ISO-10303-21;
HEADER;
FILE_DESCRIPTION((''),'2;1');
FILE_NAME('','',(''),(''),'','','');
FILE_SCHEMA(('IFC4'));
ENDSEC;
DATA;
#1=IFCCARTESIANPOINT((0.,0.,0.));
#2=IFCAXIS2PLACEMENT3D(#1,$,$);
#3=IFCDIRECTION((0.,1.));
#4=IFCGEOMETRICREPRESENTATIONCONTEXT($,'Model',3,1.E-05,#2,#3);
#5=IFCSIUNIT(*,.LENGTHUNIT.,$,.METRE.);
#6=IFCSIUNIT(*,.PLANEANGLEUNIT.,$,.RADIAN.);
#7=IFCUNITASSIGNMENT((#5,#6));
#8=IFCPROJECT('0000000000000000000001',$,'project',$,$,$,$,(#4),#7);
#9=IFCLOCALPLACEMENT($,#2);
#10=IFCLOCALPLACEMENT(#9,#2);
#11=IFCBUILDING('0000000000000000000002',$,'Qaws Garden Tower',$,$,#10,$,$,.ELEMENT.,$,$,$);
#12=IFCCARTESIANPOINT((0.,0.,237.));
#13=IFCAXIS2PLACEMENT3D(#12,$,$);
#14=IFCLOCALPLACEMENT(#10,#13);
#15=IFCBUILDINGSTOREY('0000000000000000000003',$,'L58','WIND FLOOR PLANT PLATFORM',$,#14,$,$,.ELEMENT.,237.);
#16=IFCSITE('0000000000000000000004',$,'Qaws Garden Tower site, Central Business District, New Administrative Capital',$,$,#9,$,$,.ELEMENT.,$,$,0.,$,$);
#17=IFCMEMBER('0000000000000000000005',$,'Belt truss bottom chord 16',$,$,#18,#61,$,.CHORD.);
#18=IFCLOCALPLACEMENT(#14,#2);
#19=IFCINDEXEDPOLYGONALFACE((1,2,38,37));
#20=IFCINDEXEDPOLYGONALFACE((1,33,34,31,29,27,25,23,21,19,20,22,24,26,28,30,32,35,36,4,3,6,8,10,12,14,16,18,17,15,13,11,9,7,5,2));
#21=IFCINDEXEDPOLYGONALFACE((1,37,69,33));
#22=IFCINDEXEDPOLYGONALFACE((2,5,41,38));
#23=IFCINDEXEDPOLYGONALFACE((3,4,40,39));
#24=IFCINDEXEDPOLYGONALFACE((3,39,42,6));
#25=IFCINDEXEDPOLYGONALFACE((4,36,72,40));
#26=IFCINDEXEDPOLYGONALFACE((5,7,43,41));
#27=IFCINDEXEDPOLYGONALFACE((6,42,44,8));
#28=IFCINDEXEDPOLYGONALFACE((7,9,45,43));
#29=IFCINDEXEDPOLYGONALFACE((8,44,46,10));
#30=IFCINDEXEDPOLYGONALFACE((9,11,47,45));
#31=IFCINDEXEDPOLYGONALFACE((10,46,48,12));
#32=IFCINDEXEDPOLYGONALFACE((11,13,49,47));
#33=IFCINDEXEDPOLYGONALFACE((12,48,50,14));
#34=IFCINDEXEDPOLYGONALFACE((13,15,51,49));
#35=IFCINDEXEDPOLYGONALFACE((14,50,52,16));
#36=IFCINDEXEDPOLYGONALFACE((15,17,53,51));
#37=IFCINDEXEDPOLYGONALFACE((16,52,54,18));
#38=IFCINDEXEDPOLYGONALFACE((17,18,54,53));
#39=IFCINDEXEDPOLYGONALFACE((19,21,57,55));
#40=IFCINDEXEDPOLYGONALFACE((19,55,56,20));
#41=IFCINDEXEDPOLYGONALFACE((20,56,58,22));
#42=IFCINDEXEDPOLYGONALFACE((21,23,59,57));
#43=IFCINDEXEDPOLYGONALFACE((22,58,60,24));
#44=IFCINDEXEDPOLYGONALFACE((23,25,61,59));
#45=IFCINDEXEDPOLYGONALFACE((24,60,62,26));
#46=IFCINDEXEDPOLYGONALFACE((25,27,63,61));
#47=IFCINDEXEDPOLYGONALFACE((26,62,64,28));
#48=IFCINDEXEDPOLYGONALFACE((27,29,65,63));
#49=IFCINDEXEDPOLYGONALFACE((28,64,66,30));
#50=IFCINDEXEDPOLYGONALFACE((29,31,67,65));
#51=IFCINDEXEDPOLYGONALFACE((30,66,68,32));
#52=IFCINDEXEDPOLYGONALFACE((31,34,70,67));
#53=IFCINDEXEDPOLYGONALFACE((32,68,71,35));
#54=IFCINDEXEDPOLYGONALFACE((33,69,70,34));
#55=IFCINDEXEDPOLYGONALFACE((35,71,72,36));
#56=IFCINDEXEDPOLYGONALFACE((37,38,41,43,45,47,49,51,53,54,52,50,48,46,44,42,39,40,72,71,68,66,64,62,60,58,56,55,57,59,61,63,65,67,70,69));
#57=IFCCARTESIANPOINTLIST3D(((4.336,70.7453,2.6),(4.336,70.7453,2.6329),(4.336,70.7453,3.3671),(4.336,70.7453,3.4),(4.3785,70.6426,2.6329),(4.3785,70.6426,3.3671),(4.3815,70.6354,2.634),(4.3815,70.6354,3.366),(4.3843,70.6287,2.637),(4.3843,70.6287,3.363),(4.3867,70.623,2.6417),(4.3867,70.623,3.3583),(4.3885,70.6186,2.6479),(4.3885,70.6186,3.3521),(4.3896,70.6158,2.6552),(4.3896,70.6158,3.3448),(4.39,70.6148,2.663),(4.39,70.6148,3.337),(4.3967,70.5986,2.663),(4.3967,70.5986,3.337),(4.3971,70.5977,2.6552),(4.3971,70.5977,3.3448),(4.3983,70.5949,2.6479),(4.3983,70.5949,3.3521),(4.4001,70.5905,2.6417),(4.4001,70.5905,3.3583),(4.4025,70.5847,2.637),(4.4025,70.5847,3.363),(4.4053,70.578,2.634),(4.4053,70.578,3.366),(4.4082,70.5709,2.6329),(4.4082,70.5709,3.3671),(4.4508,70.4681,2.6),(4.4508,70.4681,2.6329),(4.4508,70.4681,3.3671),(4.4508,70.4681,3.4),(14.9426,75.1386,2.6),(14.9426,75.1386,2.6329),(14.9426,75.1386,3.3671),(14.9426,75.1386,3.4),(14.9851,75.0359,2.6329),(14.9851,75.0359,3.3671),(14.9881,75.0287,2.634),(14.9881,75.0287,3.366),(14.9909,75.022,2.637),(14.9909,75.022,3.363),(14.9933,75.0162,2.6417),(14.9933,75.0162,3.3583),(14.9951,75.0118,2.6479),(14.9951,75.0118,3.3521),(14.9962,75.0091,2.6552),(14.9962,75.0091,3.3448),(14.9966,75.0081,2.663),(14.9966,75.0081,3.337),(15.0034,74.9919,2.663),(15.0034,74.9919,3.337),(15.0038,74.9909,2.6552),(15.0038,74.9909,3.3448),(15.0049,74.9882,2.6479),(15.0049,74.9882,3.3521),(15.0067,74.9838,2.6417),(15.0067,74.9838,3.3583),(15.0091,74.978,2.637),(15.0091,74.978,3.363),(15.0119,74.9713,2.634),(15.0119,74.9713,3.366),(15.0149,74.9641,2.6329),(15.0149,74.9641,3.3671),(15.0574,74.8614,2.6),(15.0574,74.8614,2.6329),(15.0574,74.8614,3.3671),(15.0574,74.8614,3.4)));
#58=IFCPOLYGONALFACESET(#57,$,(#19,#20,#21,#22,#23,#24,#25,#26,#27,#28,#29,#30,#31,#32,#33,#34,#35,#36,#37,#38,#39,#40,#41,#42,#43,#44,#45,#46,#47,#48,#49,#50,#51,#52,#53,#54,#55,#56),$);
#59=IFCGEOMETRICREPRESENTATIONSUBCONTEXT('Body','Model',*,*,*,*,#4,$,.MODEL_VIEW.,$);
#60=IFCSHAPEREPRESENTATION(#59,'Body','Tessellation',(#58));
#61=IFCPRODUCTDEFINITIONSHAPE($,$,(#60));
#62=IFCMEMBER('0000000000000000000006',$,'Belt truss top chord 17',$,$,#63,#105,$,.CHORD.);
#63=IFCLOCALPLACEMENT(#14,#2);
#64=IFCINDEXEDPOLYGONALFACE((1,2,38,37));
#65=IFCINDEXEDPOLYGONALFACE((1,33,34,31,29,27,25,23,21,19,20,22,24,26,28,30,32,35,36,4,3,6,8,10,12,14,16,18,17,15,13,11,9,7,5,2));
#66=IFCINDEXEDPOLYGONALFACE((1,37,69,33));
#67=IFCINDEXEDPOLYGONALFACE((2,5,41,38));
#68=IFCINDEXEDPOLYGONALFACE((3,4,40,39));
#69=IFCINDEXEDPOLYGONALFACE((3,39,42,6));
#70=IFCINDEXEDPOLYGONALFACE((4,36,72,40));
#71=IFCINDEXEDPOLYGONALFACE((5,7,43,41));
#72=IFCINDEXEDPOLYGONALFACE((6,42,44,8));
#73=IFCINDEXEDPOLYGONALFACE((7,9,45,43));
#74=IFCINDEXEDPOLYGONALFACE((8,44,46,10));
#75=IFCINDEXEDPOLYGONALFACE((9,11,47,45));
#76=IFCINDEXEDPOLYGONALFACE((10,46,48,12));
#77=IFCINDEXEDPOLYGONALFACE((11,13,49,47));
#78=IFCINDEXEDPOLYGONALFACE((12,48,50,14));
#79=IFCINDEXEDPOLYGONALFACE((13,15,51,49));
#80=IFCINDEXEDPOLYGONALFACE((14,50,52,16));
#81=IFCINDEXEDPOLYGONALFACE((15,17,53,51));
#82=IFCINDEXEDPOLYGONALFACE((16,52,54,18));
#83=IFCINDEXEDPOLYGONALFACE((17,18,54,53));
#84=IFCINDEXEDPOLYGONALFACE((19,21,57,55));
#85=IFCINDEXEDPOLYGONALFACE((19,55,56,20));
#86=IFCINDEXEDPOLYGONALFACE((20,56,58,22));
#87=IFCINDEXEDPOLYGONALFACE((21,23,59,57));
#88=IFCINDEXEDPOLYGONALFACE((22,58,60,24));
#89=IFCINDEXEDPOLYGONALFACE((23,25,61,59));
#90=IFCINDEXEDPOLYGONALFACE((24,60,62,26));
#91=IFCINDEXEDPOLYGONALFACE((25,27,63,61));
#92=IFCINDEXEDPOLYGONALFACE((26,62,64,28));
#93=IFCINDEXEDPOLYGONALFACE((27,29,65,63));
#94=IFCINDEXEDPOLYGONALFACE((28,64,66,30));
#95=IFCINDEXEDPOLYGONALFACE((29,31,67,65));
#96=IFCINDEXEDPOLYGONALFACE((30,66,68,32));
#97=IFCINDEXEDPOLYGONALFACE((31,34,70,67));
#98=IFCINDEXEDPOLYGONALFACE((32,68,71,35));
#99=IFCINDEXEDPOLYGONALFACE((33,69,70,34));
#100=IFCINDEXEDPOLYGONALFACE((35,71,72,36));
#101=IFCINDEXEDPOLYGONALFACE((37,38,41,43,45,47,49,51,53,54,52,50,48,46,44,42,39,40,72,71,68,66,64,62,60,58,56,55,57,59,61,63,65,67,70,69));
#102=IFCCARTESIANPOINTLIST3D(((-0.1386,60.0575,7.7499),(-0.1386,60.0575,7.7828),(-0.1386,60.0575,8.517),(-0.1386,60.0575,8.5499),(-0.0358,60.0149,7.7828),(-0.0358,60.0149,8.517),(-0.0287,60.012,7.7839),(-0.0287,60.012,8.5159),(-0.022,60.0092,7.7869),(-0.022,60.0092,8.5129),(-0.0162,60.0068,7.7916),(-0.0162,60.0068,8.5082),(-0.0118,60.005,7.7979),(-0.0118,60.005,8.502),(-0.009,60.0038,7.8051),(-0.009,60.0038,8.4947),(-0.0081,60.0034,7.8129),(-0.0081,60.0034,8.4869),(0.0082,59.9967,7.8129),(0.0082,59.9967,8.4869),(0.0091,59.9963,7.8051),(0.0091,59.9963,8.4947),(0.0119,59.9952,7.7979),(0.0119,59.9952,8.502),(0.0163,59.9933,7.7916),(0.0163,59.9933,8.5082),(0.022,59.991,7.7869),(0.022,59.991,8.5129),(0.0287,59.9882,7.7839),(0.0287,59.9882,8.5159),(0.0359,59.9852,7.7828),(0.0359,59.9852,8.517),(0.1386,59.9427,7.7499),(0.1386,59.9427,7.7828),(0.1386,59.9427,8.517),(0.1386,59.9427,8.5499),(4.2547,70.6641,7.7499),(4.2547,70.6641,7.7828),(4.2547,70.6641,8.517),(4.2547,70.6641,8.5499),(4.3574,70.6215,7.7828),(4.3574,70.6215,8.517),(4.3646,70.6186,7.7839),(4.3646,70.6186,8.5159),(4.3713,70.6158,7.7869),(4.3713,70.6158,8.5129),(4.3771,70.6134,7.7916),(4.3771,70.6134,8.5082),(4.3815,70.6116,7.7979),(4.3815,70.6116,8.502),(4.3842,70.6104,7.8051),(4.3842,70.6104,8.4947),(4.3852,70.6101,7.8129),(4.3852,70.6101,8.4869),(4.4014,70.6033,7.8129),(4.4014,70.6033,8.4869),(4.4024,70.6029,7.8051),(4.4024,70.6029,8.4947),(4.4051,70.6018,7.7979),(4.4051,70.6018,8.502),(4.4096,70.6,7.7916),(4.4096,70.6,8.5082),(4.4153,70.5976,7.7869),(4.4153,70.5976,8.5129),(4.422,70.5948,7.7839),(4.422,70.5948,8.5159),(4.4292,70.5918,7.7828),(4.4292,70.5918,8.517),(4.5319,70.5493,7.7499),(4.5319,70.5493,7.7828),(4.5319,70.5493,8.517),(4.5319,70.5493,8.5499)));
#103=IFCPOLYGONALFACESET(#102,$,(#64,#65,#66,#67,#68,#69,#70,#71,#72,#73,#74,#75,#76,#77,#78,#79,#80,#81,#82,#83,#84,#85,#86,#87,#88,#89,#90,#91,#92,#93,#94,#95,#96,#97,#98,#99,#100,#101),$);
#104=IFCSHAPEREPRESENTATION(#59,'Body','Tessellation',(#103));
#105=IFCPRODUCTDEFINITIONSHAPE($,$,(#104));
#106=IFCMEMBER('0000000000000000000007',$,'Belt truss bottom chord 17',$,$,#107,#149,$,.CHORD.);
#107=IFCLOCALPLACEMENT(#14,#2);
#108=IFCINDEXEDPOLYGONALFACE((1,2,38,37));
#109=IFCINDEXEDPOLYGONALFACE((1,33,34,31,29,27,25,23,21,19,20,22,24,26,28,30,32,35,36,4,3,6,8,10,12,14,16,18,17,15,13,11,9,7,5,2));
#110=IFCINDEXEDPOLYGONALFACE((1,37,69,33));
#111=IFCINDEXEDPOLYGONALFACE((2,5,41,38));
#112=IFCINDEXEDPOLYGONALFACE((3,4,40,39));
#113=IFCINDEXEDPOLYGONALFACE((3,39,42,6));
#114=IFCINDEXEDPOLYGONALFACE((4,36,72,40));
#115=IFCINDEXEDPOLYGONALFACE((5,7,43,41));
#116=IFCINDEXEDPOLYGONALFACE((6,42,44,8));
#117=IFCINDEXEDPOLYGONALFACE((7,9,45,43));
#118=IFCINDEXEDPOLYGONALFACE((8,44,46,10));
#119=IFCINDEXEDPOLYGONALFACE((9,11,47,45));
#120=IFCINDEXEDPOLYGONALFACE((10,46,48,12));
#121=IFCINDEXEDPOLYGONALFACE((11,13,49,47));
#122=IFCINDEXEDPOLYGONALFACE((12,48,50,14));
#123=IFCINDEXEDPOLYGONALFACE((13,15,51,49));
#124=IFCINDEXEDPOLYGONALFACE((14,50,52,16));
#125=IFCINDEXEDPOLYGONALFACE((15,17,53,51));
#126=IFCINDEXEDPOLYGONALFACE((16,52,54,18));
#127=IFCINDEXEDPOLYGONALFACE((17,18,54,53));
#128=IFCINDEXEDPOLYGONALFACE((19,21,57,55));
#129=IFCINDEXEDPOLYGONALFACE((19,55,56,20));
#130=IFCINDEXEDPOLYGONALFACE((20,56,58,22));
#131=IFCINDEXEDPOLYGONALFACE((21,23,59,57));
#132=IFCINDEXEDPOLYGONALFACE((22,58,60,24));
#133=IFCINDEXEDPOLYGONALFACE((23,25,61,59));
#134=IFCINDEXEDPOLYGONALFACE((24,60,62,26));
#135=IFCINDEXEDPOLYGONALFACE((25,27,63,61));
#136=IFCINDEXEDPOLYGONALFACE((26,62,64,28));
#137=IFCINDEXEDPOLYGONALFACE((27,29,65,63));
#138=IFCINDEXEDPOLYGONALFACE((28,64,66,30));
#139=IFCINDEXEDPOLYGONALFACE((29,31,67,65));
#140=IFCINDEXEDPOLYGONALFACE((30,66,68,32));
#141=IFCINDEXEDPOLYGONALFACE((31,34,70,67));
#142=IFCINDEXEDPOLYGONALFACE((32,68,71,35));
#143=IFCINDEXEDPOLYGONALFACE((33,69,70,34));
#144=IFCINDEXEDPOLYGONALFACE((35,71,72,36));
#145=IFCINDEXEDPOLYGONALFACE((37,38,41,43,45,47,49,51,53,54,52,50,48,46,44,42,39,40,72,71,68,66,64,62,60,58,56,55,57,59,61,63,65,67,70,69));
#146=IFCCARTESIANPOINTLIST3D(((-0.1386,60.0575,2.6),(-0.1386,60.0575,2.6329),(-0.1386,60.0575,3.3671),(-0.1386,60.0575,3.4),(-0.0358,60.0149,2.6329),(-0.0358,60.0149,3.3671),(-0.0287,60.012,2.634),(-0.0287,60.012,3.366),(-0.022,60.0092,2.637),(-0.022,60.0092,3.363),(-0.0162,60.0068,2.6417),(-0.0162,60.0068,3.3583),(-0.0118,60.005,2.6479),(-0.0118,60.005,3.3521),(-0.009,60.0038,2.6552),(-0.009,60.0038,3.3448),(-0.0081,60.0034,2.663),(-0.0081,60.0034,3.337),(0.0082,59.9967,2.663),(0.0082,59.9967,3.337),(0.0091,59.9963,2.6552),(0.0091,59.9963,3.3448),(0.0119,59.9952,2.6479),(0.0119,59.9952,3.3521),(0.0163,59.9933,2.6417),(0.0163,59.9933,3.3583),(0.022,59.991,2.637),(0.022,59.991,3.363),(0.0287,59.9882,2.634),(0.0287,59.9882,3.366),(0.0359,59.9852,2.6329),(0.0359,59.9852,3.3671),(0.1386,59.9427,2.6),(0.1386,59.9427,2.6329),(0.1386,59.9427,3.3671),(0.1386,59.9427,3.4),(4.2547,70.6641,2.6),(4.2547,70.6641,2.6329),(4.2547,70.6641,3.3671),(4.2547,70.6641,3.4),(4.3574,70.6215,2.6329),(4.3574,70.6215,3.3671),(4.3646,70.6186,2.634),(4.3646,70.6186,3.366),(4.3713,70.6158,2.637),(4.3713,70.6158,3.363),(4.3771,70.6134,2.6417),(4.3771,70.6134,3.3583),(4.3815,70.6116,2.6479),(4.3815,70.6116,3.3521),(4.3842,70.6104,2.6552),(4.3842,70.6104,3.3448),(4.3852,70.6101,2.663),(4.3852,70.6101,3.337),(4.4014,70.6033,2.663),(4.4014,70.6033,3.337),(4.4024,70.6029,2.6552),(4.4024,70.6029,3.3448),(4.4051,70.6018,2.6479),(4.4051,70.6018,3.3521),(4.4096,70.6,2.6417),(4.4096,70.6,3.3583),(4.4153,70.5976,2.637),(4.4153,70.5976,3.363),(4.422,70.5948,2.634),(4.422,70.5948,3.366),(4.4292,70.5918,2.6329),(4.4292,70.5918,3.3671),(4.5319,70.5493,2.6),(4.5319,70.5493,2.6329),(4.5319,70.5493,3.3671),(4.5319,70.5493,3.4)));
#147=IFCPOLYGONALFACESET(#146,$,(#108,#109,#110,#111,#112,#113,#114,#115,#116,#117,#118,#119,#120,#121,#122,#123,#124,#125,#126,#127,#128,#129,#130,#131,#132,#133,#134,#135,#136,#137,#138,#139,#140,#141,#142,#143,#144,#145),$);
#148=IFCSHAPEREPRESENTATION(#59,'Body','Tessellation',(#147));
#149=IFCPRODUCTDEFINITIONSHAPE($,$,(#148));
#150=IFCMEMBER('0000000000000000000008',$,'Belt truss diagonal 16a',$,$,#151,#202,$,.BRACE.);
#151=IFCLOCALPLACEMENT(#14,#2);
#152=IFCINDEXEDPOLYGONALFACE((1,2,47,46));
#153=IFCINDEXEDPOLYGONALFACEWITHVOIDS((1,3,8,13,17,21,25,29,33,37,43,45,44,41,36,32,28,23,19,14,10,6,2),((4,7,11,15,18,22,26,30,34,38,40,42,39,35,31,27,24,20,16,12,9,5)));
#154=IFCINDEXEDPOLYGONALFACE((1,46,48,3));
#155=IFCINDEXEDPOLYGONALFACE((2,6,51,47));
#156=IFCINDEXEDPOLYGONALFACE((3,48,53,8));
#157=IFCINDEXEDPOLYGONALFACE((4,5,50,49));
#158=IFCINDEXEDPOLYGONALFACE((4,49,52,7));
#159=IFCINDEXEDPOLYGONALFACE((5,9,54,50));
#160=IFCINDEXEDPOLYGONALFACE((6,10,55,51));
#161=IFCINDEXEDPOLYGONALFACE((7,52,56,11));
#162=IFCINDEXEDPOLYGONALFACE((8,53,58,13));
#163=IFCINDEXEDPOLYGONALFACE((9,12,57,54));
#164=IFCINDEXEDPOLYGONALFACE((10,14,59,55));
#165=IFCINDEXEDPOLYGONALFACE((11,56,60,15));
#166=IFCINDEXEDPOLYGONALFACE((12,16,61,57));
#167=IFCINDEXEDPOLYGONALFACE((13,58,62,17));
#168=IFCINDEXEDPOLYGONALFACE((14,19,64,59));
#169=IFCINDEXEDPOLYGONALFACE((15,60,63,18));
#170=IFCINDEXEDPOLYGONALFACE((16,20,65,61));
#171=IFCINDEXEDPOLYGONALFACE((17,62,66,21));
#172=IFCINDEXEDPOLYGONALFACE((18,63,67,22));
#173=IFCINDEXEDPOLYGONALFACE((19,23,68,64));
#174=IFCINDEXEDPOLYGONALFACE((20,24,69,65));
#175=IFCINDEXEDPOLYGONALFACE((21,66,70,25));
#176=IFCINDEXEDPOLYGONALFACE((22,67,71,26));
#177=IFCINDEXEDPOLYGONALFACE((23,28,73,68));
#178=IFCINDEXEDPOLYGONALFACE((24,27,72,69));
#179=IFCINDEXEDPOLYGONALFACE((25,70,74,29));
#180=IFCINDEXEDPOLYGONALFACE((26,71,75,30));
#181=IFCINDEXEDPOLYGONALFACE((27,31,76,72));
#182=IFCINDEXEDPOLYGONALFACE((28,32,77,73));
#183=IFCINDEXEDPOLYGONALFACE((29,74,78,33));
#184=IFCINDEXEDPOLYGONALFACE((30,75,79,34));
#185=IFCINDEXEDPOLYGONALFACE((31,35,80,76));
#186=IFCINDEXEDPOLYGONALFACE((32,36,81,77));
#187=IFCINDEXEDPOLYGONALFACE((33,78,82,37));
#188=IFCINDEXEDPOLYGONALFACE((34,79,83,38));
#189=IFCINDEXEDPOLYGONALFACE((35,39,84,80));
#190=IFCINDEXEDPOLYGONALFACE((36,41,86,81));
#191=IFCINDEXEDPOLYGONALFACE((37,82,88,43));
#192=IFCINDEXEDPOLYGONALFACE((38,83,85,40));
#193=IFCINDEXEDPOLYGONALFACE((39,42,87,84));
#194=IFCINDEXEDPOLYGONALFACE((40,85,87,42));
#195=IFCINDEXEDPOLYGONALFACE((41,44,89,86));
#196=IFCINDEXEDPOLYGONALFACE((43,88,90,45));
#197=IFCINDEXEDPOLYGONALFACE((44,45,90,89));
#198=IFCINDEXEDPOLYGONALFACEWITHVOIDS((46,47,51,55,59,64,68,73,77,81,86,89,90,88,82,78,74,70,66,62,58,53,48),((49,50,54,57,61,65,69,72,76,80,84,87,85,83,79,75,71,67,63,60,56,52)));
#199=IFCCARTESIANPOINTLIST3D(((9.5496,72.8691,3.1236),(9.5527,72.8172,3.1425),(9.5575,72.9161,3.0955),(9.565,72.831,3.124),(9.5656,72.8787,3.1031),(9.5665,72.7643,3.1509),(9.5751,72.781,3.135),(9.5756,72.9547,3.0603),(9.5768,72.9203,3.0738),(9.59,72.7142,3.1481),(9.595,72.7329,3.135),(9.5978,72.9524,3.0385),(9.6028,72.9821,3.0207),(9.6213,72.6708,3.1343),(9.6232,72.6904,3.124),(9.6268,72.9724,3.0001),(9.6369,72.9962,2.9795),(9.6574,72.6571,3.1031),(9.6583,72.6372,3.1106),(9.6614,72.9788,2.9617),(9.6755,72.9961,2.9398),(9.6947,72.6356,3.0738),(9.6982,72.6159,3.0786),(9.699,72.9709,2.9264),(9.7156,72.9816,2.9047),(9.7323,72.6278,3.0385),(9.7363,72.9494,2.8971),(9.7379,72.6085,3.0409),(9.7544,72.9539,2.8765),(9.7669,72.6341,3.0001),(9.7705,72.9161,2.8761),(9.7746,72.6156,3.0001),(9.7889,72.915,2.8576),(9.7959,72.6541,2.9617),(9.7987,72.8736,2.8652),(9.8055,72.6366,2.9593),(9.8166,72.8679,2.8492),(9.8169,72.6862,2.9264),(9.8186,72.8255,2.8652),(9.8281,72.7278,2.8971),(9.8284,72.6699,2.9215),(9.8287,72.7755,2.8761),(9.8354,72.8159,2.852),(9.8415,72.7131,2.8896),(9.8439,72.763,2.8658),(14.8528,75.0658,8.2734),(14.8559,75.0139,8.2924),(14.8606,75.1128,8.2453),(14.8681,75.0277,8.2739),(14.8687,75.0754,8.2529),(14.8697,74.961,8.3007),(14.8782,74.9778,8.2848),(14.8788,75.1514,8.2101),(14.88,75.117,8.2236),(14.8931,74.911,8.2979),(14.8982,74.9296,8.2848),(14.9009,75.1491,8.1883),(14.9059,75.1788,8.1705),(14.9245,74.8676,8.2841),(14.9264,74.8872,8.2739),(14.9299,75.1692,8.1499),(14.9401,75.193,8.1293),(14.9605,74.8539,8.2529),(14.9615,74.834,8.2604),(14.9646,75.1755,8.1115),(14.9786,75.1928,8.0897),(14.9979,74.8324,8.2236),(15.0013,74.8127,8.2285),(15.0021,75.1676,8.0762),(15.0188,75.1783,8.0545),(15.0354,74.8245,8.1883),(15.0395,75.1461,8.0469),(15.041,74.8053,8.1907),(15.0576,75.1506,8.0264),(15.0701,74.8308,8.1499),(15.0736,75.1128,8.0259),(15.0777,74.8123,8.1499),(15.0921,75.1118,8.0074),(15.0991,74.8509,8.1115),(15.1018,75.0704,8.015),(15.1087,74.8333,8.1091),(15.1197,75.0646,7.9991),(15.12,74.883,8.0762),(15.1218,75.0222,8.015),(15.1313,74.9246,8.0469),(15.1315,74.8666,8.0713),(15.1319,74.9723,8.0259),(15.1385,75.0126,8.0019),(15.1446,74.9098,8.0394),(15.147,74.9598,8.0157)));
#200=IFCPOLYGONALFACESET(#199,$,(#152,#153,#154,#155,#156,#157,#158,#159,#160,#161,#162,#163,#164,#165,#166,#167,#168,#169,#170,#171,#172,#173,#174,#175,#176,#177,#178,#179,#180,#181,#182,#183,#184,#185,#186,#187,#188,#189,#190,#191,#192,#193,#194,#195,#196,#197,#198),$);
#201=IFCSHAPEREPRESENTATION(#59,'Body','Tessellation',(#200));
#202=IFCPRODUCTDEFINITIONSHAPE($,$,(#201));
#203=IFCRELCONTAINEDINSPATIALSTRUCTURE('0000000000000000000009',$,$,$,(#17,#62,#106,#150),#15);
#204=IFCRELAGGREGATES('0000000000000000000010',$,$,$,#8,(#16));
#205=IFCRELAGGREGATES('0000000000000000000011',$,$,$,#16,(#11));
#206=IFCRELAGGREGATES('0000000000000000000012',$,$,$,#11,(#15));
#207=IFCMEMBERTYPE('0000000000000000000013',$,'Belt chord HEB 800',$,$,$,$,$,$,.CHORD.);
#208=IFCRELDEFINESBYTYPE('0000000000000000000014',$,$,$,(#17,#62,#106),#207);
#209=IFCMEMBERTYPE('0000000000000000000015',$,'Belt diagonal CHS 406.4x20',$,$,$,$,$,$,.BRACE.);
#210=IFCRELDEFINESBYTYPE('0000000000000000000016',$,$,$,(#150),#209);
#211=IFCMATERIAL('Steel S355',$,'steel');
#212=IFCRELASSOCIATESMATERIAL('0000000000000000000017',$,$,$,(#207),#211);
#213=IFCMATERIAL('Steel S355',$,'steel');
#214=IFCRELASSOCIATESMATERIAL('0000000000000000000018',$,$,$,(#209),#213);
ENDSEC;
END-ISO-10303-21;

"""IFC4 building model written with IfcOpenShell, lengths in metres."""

from ifc_helpers import new_model, si_unit, direction, frame, origin, origin_2d, place, context, subcontext, project, spatial, hollow_circle, i_section, extrude, material, material_profile, profile_set, type_object, element, save


model = new_model("IFC4")

# Units and contexts
model_context = context("Model", 3, precision=1e-05, world=origin(), true_north=direction((0.0, 1.0)))
body_context = subcontext(model_context, "Body", "Model", "MODEL_VIEW")
ifc_project = project(units=[si_unit("LENGTHUNIT", "METRE"), si_unit("PLANEANGLEUNIT", "RADIAN")], contexts=[model_context])

# Site, building, storey
site_placement = place(None, origin())
site = spatial("IfcSite", under=ifc_project, at=site_placement, Name="Qaws Garden Tower site, Central Business District, New Administrative Capital", CompositionType="ELEMENT", RefElevation=0.0)
building_placement = place(site_placement, origin())
building = spatial("IfcBuilding", under=site, at=building_placement, Name="Qaws Garden Tower", CompositionType="ELEMENT")
storey_placement = place(building_placement, frame((0.0, 0.0, 237.0)))
storey = spatial("IfcBuildingStorey", under=building, at=storey_placement, Name="L58", Description="WIND FLOOR PLANT PLATFORM", CompositionType="ELEMENT", Elevation=237.0)

# Members
ifc_material_1 = material(Name="Steel S355", Category="steel")
ifc_material_profile_1 = material_profile(ifc_material_1, i_section(OverallWidth=0.3, OverallDepth=0.8, WebThickness=0.0176, FlangeThickness=0.033, FilletRadius=0.03, at=origin_2d()), Name="HEB 800")
ifc_profile_set_1 = profile_set([ifc_material_profile_1], Name="Steel S355")
member_type_1 = type_object("IfcMemberType", Name="Belt chord HEB 800", PredefinedType="CHORD", material=ifc_profile_set_1)
for number, where, z_axis, x_axis, name in (
    (1, (15.0, 75.0, 3.0), (-0.923883, -0.382674, 0.0), (0.382674, -0.923883, 0.0), "Belt truss bottom chord 16"),
    (2, (4.3933, 70.6067, 8.1499), (-0.382674, -0.923883, 0.0), (0.923883, -0.382674, 0.0), "Belt truss top chord 17"),
    (3, (4.3933, 70.6067, 3.0), (-0.382674, -0.923883, 0.0), (0.923883, -0.382674, 0.0), "Belt truss bottom chord 17"),
):
    element("IfcMember", number, at=place(storey_placement, frame(where, z_axis=z_axis, x_axis=x_axis)), inside=storey, type_object=member_type_1, Name=name, PredefinedType="CHORD", context=body_context, shape_type="SweptSolid", body=[
        extrude(i_section(OverallWidth=0.3, OverallDepth=0.8, WebThickness=0.0176, FlangeThickness=0.033, FilletRadius=0.03, at=origin_2d()), origin(), (0.0, 0.0, 1.0), 11.4805),
    ])
ifc_material_2 = material(Name="Steel S355", Category="steel")
ifc_material_profile_2 = material_profile(ifc_material_2, hollow_circle(Radius=0.2031, WallThickness=0.02, at=origin_2d()), Name="CHS 406.4x20")
ifc_profile_set_2 = profile_set([ifc_material_profile_2], Name="Steel S355")
member_type_2 = type_object("IfcMemberType", Name="Belt diagonal CHS 406.4x20", PredefinedType="BRACE", material=ifc_profile_set_2)
member_1_placement = place(storey_placement, frame((15.0, 75.0, 8.1499), z_axis=(-0.687678, -0.28486, -0.667797), x_axis=(0.3827, -0.923873, 0.0)))
element("IfcMember", 4, at=member_1_placement, inside=storey, type_object=member_type_2, Name="Belt truss diagonal 16a", PredefinedType="BRACE", context=body_context, shape_type="SweptSolid", body=[
    extrude(hollow_circle(Radius=0.2031, WallThickness=0.02, at=origin_2d()), origin(), (0.0, 0.0, 1.0), 7.7117),
])

save(model, "model.ifc")
